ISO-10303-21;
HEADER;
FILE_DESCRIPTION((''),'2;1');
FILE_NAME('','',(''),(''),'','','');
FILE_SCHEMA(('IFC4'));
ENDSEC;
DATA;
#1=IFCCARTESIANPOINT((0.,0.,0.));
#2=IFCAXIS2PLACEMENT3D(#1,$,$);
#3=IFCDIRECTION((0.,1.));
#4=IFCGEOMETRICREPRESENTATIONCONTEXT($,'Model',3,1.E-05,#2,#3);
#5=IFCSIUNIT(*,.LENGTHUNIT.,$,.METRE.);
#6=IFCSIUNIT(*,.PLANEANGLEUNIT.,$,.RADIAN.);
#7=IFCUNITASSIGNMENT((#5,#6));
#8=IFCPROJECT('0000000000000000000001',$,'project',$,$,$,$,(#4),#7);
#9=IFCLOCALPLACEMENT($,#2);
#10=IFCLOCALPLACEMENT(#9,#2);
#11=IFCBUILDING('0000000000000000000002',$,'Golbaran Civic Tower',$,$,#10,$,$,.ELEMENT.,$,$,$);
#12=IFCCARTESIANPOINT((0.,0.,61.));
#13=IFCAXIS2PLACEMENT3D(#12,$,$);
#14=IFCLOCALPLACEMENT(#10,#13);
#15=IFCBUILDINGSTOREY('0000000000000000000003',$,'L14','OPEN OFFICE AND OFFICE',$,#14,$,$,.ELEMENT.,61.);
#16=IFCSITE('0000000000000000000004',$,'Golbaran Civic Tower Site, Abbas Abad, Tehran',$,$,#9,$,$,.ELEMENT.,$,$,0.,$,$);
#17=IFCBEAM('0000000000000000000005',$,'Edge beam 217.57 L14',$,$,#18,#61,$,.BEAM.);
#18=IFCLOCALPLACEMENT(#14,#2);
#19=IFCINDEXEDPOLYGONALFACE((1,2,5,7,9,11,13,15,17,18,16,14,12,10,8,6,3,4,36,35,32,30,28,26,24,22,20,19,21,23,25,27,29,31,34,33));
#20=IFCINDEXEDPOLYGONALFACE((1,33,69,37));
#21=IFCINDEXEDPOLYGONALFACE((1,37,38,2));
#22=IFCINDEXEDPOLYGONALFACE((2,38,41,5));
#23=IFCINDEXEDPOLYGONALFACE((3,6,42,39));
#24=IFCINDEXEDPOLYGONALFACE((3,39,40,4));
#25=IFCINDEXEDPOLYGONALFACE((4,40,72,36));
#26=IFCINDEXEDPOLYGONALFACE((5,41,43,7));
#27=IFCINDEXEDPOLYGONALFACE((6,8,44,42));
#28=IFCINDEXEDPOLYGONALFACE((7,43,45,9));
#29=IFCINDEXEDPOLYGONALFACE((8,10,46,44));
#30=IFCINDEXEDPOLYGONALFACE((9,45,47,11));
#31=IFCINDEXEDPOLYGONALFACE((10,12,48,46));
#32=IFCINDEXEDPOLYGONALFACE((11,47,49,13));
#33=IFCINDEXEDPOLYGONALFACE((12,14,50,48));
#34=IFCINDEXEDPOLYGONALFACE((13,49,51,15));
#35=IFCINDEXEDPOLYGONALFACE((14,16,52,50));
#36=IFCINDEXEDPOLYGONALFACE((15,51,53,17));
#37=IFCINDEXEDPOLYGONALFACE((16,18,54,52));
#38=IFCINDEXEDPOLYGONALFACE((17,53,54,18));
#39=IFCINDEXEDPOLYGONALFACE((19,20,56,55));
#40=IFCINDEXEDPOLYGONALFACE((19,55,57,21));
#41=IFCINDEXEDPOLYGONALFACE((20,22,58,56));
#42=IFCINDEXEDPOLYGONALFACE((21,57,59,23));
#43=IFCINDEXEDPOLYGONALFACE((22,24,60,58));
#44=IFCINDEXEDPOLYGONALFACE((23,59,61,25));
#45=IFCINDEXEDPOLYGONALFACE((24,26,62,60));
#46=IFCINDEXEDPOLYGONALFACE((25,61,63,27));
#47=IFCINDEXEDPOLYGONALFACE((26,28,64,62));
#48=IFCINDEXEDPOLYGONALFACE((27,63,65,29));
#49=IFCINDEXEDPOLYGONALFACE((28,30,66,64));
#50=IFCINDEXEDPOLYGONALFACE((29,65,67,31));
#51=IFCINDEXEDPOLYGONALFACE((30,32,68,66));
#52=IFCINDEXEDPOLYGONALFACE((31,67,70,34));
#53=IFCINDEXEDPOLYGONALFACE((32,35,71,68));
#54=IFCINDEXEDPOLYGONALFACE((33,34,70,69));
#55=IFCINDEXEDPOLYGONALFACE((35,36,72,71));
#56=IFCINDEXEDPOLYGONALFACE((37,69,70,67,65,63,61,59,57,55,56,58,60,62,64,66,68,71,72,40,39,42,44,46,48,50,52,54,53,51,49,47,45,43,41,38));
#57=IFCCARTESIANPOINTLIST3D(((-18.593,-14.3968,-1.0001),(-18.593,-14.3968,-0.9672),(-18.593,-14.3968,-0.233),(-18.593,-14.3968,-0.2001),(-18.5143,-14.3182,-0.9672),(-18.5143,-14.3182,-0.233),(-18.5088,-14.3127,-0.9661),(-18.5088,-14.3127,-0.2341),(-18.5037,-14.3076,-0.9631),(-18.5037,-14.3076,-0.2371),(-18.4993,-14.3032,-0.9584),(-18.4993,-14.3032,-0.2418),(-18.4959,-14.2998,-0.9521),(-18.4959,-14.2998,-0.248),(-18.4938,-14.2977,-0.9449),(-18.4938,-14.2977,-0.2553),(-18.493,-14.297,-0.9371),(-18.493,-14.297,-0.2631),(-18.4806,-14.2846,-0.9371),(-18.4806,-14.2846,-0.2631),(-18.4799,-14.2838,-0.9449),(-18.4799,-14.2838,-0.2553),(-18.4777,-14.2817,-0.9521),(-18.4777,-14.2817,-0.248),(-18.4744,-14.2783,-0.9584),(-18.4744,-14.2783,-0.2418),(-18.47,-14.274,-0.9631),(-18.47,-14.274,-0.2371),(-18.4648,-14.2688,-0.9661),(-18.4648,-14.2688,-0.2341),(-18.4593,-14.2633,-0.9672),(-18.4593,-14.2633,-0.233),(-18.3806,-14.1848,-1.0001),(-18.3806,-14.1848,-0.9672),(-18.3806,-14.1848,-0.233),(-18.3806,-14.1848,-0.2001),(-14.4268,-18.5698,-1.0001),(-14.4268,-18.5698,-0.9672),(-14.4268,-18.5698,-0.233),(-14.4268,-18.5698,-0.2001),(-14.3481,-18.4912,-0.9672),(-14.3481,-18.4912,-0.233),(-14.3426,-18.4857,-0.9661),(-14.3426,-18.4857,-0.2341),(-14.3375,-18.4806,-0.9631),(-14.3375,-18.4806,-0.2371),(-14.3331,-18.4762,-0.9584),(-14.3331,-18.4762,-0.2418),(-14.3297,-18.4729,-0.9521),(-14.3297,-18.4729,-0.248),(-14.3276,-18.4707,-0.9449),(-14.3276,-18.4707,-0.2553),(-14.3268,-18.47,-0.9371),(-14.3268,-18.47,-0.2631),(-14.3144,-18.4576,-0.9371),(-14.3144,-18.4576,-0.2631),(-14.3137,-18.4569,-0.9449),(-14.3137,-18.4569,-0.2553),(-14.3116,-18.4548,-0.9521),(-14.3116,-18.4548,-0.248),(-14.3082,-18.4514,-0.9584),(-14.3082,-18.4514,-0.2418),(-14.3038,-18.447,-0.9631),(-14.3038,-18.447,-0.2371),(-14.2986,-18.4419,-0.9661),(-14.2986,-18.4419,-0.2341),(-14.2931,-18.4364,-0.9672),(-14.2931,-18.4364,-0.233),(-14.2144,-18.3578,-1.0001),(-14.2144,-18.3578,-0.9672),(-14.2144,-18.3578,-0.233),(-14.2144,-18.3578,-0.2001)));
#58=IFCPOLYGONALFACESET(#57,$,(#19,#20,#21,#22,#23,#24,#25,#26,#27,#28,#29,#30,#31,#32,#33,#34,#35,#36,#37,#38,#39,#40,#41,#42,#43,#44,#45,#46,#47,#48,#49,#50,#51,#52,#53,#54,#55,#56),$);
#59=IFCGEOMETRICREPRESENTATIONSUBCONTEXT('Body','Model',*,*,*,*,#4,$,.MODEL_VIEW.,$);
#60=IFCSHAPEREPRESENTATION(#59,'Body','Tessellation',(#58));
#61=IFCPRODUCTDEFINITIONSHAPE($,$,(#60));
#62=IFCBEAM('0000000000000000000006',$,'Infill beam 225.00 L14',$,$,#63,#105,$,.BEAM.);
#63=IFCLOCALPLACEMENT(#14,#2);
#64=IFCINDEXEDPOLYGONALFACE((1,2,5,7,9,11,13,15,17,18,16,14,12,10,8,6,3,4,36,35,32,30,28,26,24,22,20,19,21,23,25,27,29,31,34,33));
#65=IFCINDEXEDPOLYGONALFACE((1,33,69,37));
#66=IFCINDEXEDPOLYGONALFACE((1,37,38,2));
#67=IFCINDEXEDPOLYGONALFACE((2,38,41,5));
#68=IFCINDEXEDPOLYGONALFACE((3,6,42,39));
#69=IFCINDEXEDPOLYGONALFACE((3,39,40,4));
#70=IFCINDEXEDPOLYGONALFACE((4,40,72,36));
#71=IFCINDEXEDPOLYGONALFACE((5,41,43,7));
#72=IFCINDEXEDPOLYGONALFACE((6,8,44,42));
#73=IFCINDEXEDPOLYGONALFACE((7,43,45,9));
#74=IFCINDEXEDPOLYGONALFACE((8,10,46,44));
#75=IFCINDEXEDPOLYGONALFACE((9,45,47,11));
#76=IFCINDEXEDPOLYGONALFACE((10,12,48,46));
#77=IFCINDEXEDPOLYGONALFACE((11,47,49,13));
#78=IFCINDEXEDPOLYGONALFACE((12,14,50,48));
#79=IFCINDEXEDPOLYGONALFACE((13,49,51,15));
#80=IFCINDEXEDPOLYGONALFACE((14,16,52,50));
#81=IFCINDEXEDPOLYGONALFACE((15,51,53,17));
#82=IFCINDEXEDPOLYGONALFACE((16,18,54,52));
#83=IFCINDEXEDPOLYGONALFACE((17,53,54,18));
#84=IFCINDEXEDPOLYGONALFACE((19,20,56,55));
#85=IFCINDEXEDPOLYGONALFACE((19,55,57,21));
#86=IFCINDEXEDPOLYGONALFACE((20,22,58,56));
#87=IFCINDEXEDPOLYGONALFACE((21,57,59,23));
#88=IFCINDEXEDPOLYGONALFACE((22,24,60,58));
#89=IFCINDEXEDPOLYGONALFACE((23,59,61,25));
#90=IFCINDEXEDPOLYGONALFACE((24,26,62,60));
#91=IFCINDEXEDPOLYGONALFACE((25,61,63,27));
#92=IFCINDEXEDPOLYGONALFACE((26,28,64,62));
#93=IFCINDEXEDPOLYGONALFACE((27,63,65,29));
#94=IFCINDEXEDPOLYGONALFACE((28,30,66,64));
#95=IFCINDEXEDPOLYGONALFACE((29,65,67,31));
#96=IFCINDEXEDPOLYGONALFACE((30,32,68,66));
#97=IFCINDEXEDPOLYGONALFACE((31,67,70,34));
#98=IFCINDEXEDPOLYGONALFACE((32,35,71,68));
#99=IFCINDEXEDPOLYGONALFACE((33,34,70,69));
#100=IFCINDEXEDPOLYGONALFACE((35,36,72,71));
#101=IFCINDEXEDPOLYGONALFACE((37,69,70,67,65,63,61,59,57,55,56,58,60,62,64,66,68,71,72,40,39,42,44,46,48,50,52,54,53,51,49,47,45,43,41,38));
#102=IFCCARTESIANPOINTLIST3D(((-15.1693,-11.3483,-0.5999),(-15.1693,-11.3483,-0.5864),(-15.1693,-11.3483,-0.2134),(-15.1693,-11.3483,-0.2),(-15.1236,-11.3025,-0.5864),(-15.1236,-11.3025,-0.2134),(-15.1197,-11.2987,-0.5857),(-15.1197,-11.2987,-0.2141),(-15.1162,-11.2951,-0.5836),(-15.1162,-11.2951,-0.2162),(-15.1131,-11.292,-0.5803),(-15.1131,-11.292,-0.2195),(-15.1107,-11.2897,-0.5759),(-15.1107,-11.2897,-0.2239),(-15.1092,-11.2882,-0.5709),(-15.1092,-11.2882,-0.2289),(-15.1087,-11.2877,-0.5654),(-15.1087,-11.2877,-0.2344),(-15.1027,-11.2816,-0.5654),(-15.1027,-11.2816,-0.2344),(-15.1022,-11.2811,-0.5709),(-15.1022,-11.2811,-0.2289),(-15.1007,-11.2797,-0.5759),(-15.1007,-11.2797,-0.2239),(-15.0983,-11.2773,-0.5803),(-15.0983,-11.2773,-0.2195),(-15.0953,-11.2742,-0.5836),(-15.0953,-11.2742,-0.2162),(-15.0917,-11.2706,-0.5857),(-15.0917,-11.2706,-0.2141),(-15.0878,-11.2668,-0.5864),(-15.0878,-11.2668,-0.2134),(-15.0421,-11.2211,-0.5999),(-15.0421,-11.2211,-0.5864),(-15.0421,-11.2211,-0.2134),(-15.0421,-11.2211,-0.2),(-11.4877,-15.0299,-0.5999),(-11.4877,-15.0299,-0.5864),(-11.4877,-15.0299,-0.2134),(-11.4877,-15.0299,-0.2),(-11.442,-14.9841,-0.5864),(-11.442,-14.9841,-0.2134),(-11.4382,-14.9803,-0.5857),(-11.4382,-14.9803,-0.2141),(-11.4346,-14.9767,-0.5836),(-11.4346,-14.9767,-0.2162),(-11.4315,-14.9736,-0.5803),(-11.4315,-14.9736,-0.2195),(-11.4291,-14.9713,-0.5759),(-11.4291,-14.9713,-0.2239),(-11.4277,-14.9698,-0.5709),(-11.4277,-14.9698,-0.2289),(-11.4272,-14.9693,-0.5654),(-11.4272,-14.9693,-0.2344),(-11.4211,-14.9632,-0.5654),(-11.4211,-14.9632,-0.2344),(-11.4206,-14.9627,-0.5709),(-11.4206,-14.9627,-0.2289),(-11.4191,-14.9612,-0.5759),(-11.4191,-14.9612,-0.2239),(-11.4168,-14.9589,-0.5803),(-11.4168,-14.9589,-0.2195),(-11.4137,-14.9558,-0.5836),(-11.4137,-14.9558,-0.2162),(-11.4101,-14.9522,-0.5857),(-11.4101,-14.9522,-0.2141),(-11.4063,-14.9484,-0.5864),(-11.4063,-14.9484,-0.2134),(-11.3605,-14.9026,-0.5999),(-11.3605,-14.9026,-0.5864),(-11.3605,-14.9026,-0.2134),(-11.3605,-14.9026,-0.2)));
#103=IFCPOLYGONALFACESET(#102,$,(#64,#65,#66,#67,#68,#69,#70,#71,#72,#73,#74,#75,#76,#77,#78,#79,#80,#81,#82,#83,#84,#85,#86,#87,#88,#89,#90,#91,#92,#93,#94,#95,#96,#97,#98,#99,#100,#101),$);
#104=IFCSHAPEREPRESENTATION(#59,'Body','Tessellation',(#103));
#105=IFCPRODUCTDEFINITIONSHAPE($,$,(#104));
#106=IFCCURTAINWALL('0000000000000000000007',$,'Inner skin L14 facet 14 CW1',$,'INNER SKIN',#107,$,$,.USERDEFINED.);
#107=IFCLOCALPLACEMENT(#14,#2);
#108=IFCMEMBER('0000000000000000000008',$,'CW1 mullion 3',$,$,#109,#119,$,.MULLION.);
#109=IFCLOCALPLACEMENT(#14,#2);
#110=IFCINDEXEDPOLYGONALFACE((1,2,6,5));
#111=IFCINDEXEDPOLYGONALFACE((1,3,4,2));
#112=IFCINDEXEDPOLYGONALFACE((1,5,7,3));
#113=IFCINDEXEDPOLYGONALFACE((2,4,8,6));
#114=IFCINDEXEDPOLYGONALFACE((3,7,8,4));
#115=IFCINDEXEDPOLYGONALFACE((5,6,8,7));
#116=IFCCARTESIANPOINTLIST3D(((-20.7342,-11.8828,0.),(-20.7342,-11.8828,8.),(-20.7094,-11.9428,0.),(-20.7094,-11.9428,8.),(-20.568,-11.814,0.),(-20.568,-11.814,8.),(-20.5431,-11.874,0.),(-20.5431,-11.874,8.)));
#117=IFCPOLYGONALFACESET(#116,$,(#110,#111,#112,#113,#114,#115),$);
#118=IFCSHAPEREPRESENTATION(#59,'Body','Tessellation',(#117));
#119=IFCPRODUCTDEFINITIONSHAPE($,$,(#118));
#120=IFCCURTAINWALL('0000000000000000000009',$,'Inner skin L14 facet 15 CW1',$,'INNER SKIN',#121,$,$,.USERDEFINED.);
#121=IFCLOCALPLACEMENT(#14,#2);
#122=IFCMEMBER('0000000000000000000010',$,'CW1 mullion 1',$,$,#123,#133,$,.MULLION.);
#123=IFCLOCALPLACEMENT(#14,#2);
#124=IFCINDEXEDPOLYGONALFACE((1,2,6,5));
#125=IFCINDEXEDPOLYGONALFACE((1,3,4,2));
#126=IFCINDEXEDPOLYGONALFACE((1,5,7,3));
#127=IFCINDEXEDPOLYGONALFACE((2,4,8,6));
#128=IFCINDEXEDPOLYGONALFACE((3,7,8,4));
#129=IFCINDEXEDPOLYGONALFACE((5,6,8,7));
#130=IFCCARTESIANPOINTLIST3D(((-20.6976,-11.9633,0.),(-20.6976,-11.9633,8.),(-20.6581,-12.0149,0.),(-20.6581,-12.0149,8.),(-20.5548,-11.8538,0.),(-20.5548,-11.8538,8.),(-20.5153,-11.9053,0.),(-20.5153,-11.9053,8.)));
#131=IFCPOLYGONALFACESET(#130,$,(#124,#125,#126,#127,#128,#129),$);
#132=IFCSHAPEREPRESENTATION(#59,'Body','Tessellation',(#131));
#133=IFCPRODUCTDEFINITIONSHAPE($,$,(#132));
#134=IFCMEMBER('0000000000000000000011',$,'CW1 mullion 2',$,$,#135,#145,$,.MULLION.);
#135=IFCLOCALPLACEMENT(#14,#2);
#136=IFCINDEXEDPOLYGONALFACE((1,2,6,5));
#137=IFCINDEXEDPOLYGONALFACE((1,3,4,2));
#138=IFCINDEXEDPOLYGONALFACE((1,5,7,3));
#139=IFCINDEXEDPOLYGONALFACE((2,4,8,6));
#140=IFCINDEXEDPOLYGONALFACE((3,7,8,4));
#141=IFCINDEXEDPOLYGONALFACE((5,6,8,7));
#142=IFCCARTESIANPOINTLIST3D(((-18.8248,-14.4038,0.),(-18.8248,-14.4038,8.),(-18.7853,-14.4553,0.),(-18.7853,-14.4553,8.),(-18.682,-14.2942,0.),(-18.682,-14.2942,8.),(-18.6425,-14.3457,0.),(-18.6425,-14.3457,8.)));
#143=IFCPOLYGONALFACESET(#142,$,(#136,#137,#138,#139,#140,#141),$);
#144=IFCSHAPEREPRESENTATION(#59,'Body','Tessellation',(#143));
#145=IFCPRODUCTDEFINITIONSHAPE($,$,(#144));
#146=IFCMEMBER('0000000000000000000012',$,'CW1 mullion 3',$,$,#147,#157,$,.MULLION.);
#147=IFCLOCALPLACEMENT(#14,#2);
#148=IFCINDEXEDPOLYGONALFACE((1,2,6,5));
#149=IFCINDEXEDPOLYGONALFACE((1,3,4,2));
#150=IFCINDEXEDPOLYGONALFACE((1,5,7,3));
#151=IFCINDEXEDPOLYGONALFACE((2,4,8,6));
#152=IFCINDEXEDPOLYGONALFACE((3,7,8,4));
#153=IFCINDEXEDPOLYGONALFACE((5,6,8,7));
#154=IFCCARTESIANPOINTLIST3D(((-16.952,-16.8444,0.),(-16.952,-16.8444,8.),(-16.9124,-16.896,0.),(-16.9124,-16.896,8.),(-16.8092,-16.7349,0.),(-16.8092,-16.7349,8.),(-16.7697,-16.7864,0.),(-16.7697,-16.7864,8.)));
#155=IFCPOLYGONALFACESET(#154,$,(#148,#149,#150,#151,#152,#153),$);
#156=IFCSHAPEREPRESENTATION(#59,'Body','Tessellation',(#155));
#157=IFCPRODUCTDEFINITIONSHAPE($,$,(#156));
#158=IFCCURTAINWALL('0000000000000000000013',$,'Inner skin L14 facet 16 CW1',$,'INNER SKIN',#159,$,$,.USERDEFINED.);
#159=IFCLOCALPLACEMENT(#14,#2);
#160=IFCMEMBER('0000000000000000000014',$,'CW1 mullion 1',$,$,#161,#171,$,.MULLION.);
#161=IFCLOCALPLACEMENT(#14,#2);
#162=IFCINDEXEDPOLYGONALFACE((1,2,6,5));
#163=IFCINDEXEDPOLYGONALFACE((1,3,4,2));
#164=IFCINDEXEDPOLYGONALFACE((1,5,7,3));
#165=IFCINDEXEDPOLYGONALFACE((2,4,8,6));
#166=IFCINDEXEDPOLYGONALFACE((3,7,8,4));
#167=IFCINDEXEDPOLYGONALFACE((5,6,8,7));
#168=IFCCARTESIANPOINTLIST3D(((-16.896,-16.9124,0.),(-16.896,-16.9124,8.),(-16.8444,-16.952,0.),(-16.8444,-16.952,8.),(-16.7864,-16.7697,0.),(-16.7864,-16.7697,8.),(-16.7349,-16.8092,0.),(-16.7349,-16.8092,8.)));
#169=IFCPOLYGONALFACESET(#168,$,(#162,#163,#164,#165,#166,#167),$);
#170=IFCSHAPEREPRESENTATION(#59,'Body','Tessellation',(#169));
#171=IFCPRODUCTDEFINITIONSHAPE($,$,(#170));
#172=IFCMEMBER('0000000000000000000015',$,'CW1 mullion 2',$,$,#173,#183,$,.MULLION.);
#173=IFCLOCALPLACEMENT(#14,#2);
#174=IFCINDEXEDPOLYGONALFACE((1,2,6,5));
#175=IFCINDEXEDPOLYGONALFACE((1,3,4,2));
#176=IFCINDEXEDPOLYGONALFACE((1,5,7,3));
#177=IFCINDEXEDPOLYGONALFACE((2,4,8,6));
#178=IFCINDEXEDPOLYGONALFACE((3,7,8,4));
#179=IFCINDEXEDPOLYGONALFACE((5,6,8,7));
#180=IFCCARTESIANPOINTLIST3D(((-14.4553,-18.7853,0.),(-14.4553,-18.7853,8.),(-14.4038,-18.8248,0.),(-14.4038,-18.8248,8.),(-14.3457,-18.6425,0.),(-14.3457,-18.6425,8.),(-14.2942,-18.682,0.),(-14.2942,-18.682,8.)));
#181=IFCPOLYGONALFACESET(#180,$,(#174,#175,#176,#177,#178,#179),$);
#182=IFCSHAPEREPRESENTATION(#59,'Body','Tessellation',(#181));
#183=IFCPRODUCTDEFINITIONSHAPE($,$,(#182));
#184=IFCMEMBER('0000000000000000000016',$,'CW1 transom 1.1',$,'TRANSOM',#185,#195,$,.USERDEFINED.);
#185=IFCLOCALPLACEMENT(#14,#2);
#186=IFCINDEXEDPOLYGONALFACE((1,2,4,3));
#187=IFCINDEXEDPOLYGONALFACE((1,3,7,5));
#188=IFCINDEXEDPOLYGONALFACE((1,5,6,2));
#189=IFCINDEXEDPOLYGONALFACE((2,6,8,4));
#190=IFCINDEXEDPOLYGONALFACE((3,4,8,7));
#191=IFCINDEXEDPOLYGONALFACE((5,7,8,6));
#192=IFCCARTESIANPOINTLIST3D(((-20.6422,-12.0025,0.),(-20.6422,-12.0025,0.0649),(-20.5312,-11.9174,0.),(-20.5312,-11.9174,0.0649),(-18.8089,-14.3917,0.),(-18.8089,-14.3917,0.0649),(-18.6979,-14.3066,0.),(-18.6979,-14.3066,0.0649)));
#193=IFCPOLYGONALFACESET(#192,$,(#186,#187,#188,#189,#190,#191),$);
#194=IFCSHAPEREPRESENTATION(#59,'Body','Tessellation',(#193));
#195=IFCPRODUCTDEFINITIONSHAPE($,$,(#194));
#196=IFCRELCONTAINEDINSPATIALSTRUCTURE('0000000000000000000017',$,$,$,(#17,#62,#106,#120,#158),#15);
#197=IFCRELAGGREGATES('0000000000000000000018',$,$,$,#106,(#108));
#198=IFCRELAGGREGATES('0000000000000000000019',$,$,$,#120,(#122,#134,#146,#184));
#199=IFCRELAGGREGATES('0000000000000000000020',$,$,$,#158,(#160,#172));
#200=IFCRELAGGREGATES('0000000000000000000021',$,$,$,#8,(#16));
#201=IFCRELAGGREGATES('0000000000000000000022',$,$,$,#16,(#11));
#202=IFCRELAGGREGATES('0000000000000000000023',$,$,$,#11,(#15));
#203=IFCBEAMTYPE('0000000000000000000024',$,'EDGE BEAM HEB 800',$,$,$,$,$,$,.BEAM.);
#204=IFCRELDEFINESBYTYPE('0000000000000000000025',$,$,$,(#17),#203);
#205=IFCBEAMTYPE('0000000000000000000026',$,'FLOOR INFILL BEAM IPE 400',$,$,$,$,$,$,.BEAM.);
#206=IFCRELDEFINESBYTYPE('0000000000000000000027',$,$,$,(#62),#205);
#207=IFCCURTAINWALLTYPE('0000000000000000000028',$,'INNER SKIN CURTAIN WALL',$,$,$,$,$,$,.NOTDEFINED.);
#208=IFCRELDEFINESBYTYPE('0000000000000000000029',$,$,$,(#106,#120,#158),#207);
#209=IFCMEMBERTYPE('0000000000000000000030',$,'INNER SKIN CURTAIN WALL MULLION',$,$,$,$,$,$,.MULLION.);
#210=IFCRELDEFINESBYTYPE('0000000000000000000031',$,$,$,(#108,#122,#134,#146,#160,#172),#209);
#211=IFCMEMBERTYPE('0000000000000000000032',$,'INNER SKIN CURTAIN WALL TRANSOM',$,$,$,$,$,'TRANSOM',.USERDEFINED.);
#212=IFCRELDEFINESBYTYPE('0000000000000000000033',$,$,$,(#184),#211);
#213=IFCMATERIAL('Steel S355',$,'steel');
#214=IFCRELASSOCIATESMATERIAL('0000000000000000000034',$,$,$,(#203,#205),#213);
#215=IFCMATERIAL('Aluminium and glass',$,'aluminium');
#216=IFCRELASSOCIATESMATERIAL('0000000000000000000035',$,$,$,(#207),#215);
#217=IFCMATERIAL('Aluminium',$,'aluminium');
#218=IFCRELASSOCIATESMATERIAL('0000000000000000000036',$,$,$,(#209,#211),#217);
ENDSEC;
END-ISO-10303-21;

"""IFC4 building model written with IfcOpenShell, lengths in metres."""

from ifc_helpers import new_model, si_unit, direction, frame, origin, origin_2d, place, context, subcontext, project, spatial, rectangle, i_section, extrude, material, material_profile, profile_set, type_object, element, aggregate, save


model = new_model("IFC4")

# Units and contexts
model_context = context("Model", 3, precision=1e-05, world=origin(), true_north=direction((0.0, 1.0)))
body_context = subcontext(model_context, "Body", "Model", "MODEL_VIEW")
ifc_project = project(units=[si_unit("LENGTHUNIT", "METRE"), si_unit("PLANEANGLEUNIT", "RADIAN")], contexts=[model_context])

# Site, building, storey
site_placement = place(None, origin())
site = spatial("IfcSite", under=ifc_project, at=site_placement, Name="Golbaran Civic Tower Site, Abbas Abad, Tehran", CompositionType="ELEMENT", RefElevation=0.0)
building_placement = place(site_placement, origin())
building = spatial("IfcBuilding", under=site, at=building_placement, Name="Golbaran Civic Tower", CompositionType="ELEMENT")
storey_placement = place(building_placement, frame((0.0, 0.0, 61.0)))
storey = spatial("IfcBuildingStorey", under=building, at=storey_placement, Name="L14", Description="OPEN OFFICE AND OFFICE", CompositionType="ELEMENT", Elevation=61.0)

# Beams
ifc_material_1 = material(Name="Steel S355", Category="steel")
ifc_material_profile_1 = material_profile(ifc_material_1, i_section(OverallWidth=0.3, OverallDepth=0.8, WebThickness=0.0176, FlangeThickness=0.033, FilletRadius=0.03, at=origin_2d()), Name="HEB 800")
ifc_profile_set_1 = profile_set([ifc_material_profile_1], Name="Steel S355")
beam_type_1 = type_object("IfcBeamType", Name="EDGE BEAM HEB 800", PredefinedType="BEAM", material=ifc_profile_set_1)
beam_1_placement = place(storey_placement, frame((-18.4868, -14.2908, -0.6001), z_axis=(0.706527, -0.707686, 0.0), x_axis=(0.707686, 0.706527, 0.0)))
element("IfcBeam", 1, at=beam_1_placement, inside=storey, type_object=beam_type_1, Name="Edge beam 217.57 L14", PredefinedType="BEAM", context=body_context, shape_type="SweptSolid", body=[
    extrude(i_section(OverallWidth=0.3, OverallDepth=0.8, WebThickness=0.0176, FlangeThickness=0.033, FilletRadius=0.03, at=origin_2d()), origin(), (0.0, 0.0, 1.0), 5.8967),
])
ifc_material_profile_2 = material_profile(ifc_material_1, i_section(OverallWidth=0.1799, OverallDepth=0.3999, WebThickness=0.0085, FlangeThickness=0.0134, FilletRadius=0.021, at=origin_2d()), Name="IPE 400")
ifc_profile_set_2 = profile_set([ifc_material_profile_2], Name="Steel S355")
beam_type_2 = type_object("IfcBeamType", Name="FLOOR INFILL BEAM IPE 400", PredefinedType="BEAM", material=ifc_profile_set_2)
beam_2_placement = place(storey_placement, frame((-15.1057, -11.2847, -0.3999), z_axis=(0.707107, -0.707107, 0.0), x_axis=(0.707107, 0.707107, 0.0)))
element("IfcBeam", 2, at=beam_2_placement, inside=storey, type_object=beam_type_2, Name="Infill beam 225.00 L14", PredefinedType="BEAM", context=body_context, shape_type="SweptSolid", body=[
    extrude(i_section(OverallWidth=0.1799, OverallDepth=0.3999, WebThickness=0.0085, FlangeThickness=0.0134, FilletRadius=0.021, at=origin_2d()), origin(), (0.0, 0.0, 1.0), 5.2065),
])

# Curtain wall, member
ifc_material_2 = material(Name="Aluminium and glass", Category="aluminium")
curtain_wall_type = type_object("IfcCurtainWallType", Name="INNER SKIN CURTAIN WALL", PredefinedType="NOTDEFINED", material=ifc_material_2)
curtain_wall_1_placement = place(storey_placement, origin())
curtain_wall_1 = element("IfcCurtainWall", 3, at=curtain_wall_1_placement, inside=storey, type_object=curtain_wall_type, Name="Inner skin L14 facet 14 CW1", ObjectType="INNER SKIN", PredefinedType="USERDEFINED")
ifc_material_3 = material(Name="Aluminium", Category="aluminium")
ifc_material_profile_3 = material_profile(ifc_material_3, rectangle(XDim=0.1799, YDim=0.0649, at=origin_2d()), Name="INNER SKIN CURTAIN WALL MULLION")
ifc_profile_set_3 = profile_set([ifc_material_profile_3], Name="Aluminium")
member_type_1 = type_object("IfcMemberType", Name="INNER SKIN CURTAIN WALL MULLION", PredefinedType="MULLION", material=ifc_profile_set_3)
member_1_placement = place(storey_placement, frame((-20.6387, -11.8784, 0.0), z_axis=(0.0, 0.0, 1.0), x_axis=(0.92388, 0.382683, 0.0)))
member_1 = element("IfcMember", 4, at=member_1_placement, type_object=member_type_1, Name="CW1 mullion 3", PredefinedType="MULLION", context=body_context, shape_type="SweptSolid", body=[
    extrude(rectangle(XDim=0.1799, YDim=0.0649, at=origin_2d()), origin(), (0.0, 0.0, 1.0), 8.0),
])

# Curtain walls, members
curtain_wall_2_placement = place(storey_placement, origin())
curtain_wall_2 = element("IfcCurtainWall", 5, at=curtain_wall_2_placement, inside=storey, type_object=curtain_wall_type, Name="Inner skin L14 facet 15 CW1", ObjectType="INNER SKIN", PredefinedType="USERDEFINED")
member_2_placement = place(storey_placement, frame((-20.6064, -11.9343, 0.0), z_axis=(0.0, 0.0, 1.0), x_axis=(0.793353, 0.608761, 0.0)))
member_2 = element("IfcMember", 6, at=member_2_placement, type_object=member_type_1, Name="CW1 mullion 1", PredefinedType="MULLION", context=body_context, shape_type="SweptSolid", body=[
    extrude(rectangle(XDim=0.1799, YDim=0.0649, at=origin_2d()), origin(), (0.0, 0.0, 1.0), 8.0),
])
member_3_placement = place(storey_placement, frame((-18.7336, -14.3748, 0.0), z_axis=(0.0, 0.0, 1.0), x_axis=(0.793353, 0.608761, 0.0)))
member_3 = element("IfcMember", 7, at=member_3_placement, type_object=member_type_1, Name="CW1 mullion 2", PredefinedType="MULLION", context=body_context, shape_type="SweptSolid", body=[
    extrude(rectangle(XDim=0.1799, YDim=0.0649, at=origin_2d()), origin(), (0.0, 0.0, 1.0), 8.0),
])
member_4_placement = place(storey_placement, frame((-16.8608, -16.8154, 0.0), z_axis=(0.0, 0.0, 1.0), x_axis=(0.793353, 0.608761, 0.0)))
member_4 = element("IfcMember", 8, at=member_4_placement, type_object=member_type_1, Name="CW1 mullion 3", PredefinedType="MULLION", context=body_context, shape_type="SweptSolid", body=[
    extrude(rectangle(XDim=0.1799, YDim=0.0649, at=origin_2d()), origin(), (0.0, 0.0, 1.0), 8.0),
])
curtain_wall_3_placement = place(storey_placement, origin())
curtain_wall_3 = element("IfcCurtainWall", 9, at=curtain_wall_3_placement, inside=storey, type_object=curtain_wall_type, Name="Inner skin L14 facet 16 CW1", ObjectType="INNER SKIN", PredefinedType="USERDEFINED")
member_5_placement = place(storey_placement, frame((-16.8154, -16.8608, 0.0), z_axis=(0.0, 0.0, 1.0), x_axis=(0.608761, 0.793353, 0.0)))
member_5 = element("IfcMember", 10, at=member_5_placement, type_object=member_type_1, Name="CW1 mullion 1", PredefinedType="MULLION", context=body_context, shape_type="SweptSolid", body=[
    extrude(rectangle(XDim=0.1799, YDim=0.0649, at=origin_2d()), origin(), (0.0, 0.0, 1.0), 8.0),
])
member_6_placement = place(storey_placement, frame((-14.3748, -18.7336, 0.0), z_axis=(0.0, 0.0, 1.0), x_axis=(0.608761, 0.793353, 0.0)))
member_6 = element("IfcMember", 11, at=member_6_placement, type_object=member_type_1, Name="CW1 mullion 2", PredefinedType="MULLION", context=body_context, shape_type="SweptSolid", body=[
    extrude(rectangle(XDim=0.1799, YDim=0.0649, at=origin_2d()), origin(), (0.0, 0.0, 1.0), 8.0),
])

# Member
ifc_material_profile_4 = material_profile(ifc_material_3, rectangle(XDim=0.1399, YDim=0.0649, at=origin_2d()), Name="INNER SKIN CURTAIN WALL TRANSOM")
ifc_profile_set_4 = profile_set([ifc_material_profile_4], Name="Aluminium")
member_type_2 = type_object("IfcMemberType", Name="INNER SKIN CURTAIN WALL TRANSOM", ElementType="TRANSOM", PredefinedType="USERDEFINED", material=ifc_profile_set_4)
member_7_placement = place(storey_placement, frame((-20.5867, -11.96, 0.0325), z_axis=(0.608758, -0.793356, 0.0), x_axis=(0.793356, 0.608758, 0.0)))
member_7 = element("IfcMember", 12, at=member_7_placement, type_object=member_type_2, Name="CW1 transom 1.1", ObjectType="TRANSOM", PredefinedType="USERDEFINED", context=body_context, shape_type="SweptSolid", body=[
    extrude(rectangle(XDim=0.1399, YDim=0.0649, at=origin_2d()), origin(), (0.0, 0.0, 1.0), 3.0115),
])

aggregate(curtain_wall_1, [member_1])
aggregate(curtain_wall_2, [member_2, member_3, member_4, member_7])
aggregate(curtain_wall_3, [member_5, member_6])

save(model, "model.ifc")
